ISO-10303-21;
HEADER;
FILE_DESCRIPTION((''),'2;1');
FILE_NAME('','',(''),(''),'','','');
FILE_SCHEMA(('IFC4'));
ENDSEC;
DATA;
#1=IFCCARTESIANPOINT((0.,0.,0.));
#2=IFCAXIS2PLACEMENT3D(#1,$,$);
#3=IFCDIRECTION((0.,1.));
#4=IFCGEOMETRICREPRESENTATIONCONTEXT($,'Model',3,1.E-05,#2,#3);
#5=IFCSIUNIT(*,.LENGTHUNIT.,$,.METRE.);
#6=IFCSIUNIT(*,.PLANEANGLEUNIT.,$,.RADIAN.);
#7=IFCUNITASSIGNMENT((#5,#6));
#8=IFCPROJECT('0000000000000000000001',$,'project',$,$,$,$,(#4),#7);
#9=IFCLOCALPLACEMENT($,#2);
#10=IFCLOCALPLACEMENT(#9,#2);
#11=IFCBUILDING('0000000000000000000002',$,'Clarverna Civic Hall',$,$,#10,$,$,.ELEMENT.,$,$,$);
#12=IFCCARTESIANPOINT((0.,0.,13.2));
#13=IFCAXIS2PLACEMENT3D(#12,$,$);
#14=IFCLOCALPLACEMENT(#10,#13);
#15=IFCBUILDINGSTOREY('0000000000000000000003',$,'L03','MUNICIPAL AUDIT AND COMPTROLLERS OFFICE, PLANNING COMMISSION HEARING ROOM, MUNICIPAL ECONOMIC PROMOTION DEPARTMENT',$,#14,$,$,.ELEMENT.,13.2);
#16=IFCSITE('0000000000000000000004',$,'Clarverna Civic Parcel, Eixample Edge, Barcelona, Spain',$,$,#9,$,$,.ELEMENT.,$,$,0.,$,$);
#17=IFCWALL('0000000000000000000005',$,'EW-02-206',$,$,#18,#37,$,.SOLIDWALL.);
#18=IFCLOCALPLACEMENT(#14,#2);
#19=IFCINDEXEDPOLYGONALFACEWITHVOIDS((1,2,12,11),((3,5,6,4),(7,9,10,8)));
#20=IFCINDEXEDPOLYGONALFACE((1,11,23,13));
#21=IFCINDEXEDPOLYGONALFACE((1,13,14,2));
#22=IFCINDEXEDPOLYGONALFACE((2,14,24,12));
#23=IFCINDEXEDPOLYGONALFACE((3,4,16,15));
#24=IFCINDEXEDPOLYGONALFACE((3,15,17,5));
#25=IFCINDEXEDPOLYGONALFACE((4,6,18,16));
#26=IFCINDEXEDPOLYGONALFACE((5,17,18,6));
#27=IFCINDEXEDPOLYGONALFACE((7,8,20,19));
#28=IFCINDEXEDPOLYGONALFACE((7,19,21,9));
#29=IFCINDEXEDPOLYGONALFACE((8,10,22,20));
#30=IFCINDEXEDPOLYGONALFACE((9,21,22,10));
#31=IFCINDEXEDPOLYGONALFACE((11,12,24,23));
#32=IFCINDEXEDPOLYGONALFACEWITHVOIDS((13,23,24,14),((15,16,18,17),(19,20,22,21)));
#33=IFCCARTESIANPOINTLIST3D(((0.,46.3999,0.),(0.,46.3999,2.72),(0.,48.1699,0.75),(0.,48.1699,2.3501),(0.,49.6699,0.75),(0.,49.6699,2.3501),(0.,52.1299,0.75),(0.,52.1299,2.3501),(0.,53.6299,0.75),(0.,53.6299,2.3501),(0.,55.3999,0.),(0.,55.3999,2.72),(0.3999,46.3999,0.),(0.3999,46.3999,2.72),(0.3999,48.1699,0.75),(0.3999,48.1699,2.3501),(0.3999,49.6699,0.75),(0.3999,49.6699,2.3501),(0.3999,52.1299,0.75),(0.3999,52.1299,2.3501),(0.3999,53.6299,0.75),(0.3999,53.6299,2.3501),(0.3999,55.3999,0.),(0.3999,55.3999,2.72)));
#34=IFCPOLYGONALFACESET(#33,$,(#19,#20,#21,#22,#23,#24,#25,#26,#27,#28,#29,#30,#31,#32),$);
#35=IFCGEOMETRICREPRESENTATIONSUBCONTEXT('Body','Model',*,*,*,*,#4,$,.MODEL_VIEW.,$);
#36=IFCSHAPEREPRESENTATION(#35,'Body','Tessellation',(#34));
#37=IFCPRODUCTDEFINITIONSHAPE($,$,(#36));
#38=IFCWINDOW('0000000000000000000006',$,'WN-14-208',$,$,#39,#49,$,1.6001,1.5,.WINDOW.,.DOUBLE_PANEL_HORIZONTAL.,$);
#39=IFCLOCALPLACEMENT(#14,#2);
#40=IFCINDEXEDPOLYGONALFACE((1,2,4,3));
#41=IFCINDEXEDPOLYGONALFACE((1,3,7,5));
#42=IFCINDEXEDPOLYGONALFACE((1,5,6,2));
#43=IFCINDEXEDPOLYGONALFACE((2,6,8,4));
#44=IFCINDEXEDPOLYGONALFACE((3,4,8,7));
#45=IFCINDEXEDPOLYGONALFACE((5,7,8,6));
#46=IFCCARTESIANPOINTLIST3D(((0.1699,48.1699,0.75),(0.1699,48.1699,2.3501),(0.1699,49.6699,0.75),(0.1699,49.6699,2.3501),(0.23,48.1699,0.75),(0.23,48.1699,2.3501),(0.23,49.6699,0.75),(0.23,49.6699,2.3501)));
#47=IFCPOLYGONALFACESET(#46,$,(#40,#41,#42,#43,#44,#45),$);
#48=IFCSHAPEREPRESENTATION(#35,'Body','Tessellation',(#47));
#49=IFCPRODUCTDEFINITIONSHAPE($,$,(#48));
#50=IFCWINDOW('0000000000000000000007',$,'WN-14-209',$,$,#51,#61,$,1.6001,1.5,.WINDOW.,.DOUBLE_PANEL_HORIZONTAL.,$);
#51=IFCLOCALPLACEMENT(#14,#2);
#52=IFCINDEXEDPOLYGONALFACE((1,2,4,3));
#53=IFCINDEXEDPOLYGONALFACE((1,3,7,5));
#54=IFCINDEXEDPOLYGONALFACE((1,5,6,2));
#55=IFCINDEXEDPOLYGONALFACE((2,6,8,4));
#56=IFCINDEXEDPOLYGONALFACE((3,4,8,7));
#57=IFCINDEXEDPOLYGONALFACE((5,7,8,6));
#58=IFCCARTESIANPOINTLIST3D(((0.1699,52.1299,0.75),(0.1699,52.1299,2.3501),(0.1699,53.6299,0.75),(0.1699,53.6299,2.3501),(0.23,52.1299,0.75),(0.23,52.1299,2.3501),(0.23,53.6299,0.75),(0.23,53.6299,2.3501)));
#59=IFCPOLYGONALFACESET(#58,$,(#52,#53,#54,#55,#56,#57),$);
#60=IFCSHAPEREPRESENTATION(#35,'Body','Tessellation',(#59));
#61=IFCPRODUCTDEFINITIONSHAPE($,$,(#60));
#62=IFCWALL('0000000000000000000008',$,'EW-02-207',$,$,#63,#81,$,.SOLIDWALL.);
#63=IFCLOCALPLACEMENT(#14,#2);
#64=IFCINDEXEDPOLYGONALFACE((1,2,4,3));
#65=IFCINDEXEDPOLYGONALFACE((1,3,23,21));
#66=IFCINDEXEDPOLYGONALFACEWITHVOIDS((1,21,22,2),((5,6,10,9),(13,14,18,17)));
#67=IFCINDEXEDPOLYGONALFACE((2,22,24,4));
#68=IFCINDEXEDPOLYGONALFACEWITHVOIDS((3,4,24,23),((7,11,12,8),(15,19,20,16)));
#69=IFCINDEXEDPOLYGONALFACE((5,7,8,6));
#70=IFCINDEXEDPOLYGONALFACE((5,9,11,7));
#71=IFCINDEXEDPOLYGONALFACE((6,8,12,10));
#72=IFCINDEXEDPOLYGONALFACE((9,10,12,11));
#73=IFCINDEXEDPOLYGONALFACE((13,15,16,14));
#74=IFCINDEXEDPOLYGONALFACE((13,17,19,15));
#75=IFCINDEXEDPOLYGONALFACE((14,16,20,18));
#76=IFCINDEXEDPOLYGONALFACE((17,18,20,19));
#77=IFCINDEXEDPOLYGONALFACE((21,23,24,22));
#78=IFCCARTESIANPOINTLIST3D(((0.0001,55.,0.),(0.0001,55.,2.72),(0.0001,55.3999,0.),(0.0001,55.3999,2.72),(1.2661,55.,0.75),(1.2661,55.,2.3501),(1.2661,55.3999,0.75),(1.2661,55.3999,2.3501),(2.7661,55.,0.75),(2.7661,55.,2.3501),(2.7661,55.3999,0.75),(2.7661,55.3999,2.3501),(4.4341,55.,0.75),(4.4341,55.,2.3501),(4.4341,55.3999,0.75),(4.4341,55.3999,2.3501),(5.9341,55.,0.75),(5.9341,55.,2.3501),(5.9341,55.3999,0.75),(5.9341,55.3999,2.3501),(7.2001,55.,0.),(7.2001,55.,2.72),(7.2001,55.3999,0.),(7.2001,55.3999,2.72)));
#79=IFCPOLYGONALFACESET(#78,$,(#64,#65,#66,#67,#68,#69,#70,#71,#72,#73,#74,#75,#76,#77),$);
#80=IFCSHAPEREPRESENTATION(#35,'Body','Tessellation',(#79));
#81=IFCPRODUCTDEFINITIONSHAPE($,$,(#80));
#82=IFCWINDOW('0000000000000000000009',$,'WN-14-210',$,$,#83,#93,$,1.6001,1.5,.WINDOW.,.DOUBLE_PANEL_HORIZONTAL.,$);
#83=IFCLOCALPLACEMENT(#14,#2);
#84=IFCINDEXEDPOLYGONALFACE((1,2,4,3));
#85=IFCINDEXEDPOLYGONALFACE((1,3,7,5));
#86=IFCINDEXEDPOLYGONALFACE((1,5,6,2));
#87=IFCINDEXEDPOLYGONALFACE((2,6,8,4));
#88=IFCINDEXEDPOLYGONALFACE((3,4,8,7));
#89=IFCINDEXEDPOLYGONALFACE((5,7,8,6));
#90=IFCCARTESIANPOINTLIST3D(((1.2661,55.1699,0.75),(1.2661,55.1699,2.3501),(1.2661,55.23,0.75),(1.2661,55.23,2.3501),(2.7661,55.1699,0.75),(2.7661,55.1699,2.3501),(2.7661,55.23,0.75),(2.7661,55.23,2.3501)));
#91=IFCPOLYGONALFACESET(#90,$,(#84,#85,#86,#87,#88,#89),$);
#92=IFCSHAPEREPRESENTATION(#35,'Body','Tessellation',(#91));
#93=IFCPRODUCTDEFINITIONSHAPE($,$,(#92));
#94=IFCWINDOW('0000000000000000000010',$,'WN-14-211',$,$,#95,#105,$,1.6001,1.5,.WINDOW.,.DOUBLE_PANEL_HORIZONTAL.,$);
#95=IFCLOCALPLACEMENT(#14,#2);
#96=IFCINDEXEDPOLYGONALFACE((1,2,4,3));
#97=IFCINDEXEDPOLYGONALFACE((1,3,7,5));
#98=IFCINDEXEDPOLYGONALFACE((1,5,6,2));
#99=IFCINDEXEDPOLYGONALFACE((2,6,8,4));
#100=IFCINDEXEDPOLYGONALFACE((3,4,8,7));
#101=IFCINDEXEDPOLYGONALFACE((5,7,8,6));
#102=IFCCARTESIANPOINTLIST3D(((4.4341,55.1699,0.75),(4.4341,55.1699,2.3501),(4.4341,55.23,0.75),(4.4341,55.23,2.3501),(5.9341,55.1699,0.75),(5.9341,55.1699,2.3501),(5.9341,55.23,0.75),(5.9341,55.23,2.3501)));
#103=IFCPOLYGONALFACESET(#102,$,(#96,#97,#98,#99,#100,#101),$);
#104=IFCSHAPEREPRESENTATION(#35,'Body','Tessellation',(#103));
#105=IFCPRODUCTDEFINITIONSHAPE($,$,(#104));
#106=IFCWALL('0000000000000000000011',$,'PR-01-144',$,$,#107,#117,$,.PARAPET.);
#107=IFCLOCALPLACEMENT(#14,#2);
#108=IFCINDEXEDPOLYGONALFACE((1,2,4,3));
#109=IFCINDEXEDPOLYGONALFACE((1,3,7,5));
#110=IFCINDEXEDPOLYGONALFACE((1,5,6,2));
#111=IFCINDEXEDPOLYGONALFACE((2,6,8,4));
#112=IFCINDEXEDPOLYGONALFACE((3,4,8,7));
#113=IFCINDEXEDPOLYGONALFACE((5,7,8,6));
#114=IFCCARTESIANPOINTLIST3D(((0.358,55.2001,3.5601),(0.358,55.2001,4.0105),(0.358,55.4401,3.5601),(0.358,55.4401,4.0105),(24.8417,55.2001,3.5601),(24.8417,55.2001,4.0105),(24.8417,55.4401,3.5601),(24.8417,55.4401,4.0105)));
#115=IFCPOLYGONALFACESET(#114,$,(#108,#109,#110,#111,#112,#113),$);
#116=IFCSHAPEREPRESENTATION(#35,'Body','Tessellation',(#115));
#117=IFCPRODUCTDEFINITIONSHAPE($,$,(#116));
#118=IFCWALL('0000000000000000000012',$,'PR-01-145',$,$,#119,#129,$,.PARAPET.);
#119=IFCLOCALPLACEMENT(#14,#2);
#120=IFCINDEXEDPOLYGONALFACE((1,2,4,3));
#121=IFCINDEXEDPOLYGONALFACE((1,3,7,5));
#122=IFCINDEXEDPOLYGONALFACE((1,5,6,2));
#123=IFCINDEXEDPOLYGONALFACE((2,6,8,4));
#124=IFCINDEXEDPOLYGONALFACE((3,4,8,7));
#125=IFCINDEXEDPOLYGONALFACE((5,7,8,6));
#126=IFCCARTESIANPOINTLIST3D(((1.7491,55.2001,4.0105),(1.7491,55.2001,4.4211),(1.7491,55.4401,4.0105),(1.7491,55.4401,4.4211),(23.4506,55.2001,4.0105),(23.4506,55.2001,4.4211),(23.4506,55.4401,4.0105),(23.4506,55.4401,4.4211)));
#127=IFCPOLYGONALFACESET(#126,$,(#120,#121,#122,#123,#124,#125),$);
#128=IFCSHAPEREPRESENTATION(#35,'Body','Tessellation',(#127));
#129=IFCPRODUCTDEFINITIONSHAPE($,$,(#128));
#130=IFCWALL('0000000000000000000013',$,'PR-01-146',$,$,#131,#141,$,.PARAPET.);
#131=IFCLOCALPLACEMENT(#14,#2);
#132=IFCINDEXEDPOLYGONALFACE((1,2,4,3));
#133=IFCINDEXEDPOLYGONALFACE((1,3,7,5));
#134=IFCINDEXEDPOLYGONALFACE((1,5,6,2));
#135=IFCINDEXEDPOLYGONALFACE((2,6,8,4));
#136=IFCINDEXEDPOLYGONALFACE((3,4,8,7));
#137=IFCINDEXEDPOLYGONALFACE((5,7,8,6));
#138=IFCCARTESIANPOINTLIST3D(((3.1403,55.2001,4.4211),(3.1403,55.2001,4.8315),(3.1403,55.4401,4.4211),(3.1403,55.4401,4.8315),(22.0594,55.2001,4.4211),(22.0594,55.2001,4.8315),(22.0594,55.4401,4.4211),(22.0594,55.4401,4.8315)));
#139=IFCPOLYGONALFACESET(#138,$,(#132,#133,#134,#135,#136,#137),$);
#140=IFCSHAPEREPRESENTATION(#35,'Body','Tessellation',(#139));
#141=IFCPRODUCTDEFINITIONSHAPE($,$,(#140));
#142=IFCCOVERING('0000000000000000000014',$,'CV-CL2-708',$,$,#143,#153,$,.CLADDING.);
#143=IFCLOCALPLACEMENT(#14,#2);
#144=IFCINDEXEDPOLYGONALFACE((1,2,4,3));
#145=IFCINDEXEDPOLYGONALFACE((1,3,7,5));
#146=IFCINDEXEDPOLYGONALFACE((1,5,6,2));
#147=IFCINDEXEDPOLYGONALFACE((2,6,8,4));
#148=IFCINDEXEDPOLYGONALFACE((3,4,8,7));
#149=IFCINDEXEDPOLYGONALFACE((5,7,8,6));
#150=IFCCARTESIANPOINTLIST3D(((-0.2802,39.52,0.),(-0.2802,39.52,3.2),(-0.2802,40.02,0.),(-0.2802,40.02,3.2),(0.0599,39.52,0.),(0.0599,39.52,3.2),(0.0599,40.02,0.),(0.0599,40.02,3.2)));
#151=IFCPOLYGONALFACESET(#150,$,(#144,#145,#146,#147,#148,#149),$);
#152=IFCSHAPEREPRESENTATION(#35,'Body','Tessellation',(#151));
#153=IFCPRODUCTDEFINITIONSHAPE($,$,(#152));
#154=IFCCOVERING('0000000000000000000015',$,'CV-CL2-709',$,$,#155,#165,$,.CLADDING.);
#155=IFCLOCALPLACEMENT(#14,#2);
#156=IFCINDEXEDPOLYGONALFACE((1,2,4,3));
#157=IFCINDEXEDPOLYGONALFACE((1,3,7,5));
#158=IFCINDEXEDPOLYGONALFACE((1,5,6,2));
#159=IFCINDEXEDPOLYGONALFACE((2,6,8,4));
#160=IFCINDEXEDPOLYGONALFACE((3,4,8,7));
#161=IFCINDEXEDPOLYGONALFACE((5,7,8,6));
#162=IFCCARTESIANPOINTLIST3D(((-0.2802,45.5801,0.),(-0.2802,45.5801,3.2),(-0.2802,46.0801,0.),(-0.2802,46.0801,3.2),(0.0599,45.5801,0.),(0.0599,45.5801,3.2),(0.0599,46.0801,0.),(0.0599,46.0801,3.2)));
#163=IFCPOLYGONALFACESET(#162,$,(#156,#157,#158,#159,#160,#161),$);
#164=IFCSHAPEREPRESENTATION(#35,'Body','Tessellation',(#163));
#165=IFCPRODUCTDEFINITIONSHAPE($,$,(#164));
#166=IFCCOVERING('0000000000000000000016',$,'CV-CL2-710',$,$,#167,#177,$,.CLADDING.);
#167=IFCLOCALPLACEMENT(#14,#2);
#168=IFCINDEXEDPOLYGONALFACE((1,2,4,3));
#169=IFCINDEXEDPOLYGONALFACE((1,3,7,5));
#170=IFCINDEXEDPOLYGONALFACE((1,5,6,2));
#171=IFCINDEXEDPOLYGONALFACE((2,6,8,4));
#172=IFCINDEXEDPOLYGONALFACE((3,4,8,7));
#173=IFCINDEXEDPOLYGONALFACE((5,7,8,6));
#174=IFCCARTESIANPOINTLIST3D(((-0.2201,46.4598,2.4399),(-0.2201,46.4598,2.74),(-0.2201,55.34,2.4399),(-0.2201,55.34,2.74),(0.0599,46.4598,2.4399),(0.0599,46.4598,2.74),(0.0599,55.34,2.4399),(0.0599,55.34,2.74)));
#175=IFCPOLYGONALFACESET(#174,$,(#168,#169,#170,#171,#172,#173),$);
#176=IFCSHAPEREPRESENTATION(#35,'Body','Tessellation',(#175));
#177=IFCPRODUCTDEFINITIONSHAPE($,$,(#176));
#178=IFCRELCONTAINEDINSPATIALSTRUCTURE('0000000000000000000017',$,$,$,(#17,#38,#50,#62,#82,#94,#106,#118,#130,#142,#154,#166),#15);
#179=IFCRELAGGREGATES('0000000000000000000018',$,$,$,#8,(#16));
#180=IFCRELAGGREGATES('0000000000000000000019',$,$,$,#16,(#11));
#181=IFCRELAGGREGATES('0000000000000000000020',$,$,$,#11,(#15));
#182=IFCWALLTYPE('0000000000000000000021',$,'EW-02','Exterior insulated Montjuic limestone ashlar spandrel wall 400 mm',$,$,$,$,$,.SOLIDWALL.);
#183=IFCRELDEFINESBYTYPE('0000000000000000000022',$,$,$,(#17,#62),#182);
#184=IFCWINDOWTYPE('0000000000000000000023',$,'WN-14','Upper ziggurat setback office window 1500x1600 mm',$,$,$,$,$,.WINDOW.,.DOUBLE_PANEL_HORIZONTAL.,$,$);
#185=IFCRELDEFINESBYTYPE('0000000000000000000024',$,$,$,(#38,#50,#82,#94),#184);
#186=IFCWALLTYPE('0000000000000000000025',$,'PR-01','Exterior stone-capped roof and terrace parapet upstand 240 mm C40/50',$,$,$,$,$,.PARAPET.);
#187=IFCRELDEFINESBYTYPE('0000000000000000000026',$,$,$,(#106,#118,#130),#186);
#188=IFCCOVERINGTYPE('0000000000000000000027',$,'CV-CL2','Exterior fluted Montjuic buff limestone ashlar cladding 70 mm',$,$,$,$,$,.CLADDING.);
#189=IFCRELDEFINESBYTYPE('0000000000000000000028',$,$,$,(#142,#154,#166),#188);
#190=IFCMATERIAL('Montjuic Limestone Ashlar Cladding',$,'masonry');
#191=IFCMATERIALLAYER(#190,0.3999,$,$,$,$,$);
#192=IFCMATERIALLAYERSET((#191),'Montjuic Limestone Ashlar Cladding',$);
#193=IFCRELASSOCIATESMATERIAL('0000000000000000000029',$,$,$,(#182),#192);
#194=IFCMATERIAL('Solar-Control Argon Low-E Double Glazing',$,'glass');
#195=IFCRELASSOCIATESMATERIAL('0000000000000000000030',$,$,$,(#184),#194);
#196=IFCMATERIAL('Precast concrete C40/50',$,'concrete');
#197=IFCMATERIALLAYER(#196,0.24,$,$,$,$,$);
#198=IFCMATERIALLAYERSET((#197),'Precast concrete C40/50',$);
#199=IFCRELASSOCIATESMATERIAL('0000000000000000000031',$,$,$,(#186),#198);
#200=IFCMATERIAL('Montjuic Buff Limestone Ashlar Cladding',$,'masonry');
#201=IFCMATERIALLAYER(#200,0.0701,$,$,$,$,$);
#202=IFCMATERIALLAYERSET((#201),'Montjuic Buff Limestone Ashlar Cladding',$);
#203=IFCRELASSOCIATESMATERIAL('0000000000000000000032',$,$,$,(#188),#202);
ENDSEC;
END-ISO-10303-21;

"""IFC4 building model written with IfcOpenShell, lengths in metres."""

from ifc_helpers import new_model, si_unit, direction, frame, frame_2d, origin, place, context, subcontext, project, spatial, rectangle, extrude, material, layer, layer_set, type_object, element, fill, save


model = new_model("IFC4")

# Units and contexts
model_context = context("Model", 3, precision=1e-05, world=origin(), true_north=direction((0.0, 1.0)))
body_context = subcontext(model_context, "Body", "Model", "MODEL_VIEW")
ifc_project = project(units=[si_unit("LENGTHUNIT", "METRE"), si_unit("PLANEANGLEUNIT", "RADIAN")], contexts=[model_context])

# Site, building, storey
site_placement = place(None, origin())
site = spatial("IfcSite", under=ifc_project, at=site_placement, Name="Clarverna Civic Parcel, Eixample Edge, Barcelona, Spain", CompositionType="ELEMENT", RefElevation=0.0)
building_placement = place(site_placement, origin())
building = spatial("IfcBuilding", under=site, at=building_placement, Name="Clarverna Civic Hall", CompositionType="ELEMENT")
storey_placement = place(building_placement, frame((0.0, 0.0, 13.2)))
storey = spatial("IfcBuildingStorey", under=building, at=storey_placement, Name="L03", Description="MUNICIPAL AUDIT AND COMPTROLLERS OFFICE, PLANNING COMMISSION HEARING ROOM, MUNICIPAL ECONOMIC PROMOTION DEPARTMENT", CompositionType="ELEMENT", Elevation=13.2)

# Walls, openings, windows
ifc_material_1 = material(Name="Montjuic Limestone Ashlar Cladding", Category="masonry")
ifc_layer_1 = layer(ifc_material_1, 0.3999)
ifc_layer_set_1 = layer_set([ifc_layer_1], Name="Montjuic Limestone Ashlar Cladding")
wall_type_1 = type_object("IfcWallType", Name="EW-02", Description="Exterior insulated Montjuic limestone ashlar spandrel wall 400 mm", PredefinedType="SOLIDWALL", material=ifc_layer_set_1)
wall_1_placement = place(storey_placement, frame((0.2, 46.3999, 0.0), z_axis=(0.0, 0.0, 1.0), x_axis=(0.0, 1.0, 0.0)))
wall_1 = element("IfcWall", 1, at=wall_1_placement, inside=storey, type_object=wall_type_1, Name="EW-02-206", PredefinedType="SOLIDWALL", context=body_context, shape_type="SweptSolid", body=[
    extrude(rectangle(XDim=9.0, YDim=0.3999, at=frame_2d((4.5, 0.0))), origin(), (0.0, 0.0, 1.0), 2.72),
])
opening_1_placement = place(wall_1_placement, frame((1.77, 0.0, 0.75)))
opening_1 = element("IfcOpeningElement", 2, at=opening_1_placement, cuts=wall_1, PredefinedType="OPENING", context=body_context, shape_type="SweptSolid", body=[
    extrude(rectangle(XDim=1.5, YDim=1.6001, at=frame_2d((0.75, 0.8))), frame((0.0, 0.21, 0.0), z_axis=(0.0, -1.0, 0.0), x_axis=(1.0, 0.0, 0.0)), (0.0, 0.0, 1.0), 0.4199),
])
opening_2_placement = place(wall_1_placement, frame((5.73, 0.0, 0.75)))
opening_2 = element("IfcOpeningElement", 3, at=opening_2_placement, cuts=wall_1, PredefinedType="OPENING", context=body_context, shape_type="SweptSolid", body=[
    extrude(rectangle(XDim=1.5, YDim=1.6001, at=frame_2d((0.75, 0.8))), frame((0.0, 0.21, 0.0), z_axis=(0.0, -1.0, 0.0), x_axis=(1.0, 0.0, 0.0)), (0.0, 0.0, 1.0), 0.4199),
])
ifc_material_2 = material(Name="Solar-Control Argon Low-E Double Glazing", Category="glass")
window_type = type_object("IfcWindowType", Name="WN-14", Description="Upper ziggurat setback office window 1500x1600 mm", PartitioningType="DOUBLE_PANEL_HORIZONTAL", PredefinedType="WINDOW", material=ifc_material_2)
window_1_placement = place(opening_1_placement, origin())
window_1 = element("IfcWindow", 4, at=window_1_placement, inside=storey, type_object=window_type, Name="WN-14-208", OverallHeight=1.6001, OverallWidth=1.5, PartitioningType="DOUBLE_PANEL_HORIZONTAL", PredefinedType="WINDOW", context=body_context, shape_type="SweptSolid", body=[
    extrude(rectangle(XDim=1.5, YDim=1.6001, at=frame_2d((0.75, 0.8))), frame((0.0, 0.03, 0.0), z_axis=(0.0, -1.0, 0.0), x_axis=(1.0, 0.0, 0.0)), (0.0, 0.0, 1.0), 0.0601),
])
fill(opening_1, window_1)
window_2_placement = place(opening_2_placement, origin())
window_2 = element("IfcWindow", 5, at=window_2_placement, inside=storey, type_object=window_type, Name="WN-14-209", OverallHeight=1.6001, OverallWidth=1.5, PartitioningType="DOUBLE_PANEL_HORIZONTAL", PredefinedType="WINDOW", context=body_context, shape_type="SweptSolid", body=[
    extrude(rectangle(XDim=1.5, YDim=1.6001, at=frame_2d((0.75, 0.8))), frame((0.0, 0.03, 0.0), z_axis=(0.0, -1.0, 0.0), x_axis=(1.0, 0.0, 0.0)), (0.0, 0.0, 1.0), 0.0601),
])
fill(opening_2, window_2)
wall_2_placement = place(storey_placement, frame((0.0, 55.2, 0.0), z_axis=(0.0, 0.0, 1.0), x_axis=(1.0, 0.0, 0.0)))
wall_2 = element("IfcWall", 6, at=wall_2_placement, inside=storey, type_object=wall_type_1, Name="EW-02-207", PredefinedType="SOLIDWALL", context=body_context, shape_type="SweptSolid", body=[
    extrude(rectangle(XDim=7.2, YDim=0.3999, at=frame_2d((3.6001, 0.0))), origin(), (0.0, 0.0, 1.0), 2.72),
])
opening_3_placement = place(wall_2_placement, frame((1.2661, 0.0, 0.75)))
opening_3 = element("IfcOpeningElement", 7, at=opening_3_placement, cuts=wall_2, PredefinedType="OPENING", context=body_context, shape_type="SweptSolid", body=[
    extrude(rectangle(XDim=1.5, YDim=1.6001, at=frame_2d((0.75, 0.8))), frame((0.0, 0.21, 0.0), z_axis=(0.0, -1.0, 0.0), x_axis=(1.0, 0.0, 0.0)), (0.0, 0.0, 1.0), 0.4199),
])
opening_4_placement = place(wall_2_placement, frame((4.4341, 0.0, 0.75)))
opening_4 = element("IfcOpeningElement", 8, at=opening_4_placement, cuts=wall_2, PredefinedType="OPENING", context=body_context, shape_type="SweptSolid", body=[
    extrude(rectangle(XDim=1.5, YDim=1.6001, at=frame_2d((0.75, 0.8))), frame((0.0, 0.21, 0.0), z_axis=(0.0, -1.0, 0.0), x_axis=(1.0, 0.0, 0.0)), (0.0, 0.0, 1.0), 0.4199),
])
window_3_placement = place(opening_3_placement, origin())
window_3 = element("IfcWindow", 9, at=window_3_placement, inside=storey, type_object=window_type, Name="WN-14-210", OverallHeight=1.6001, OverallWidth=1.5, PartitioningType="DOUBLE_PANEL_HORIZONTAL", PredefinedType="WINDOW", context=body_context, shape_type="SweptSolid", body=[
    extrude(rectangle(XDim=1.5, YDim=1.6001, at=frame_2d((0.75, 0.8))), frame((0.0, 0.03, 0.0), z_axis=(0.0, -1.0, 0.0), x_axis=(1.0, 0.0, 0.0)), (0.0, 0.0, 1.0), 0.0601),
])
fill(opening_3, window_3)
window_4_placement = place(opening_4_placement, origin())
window_4 = element("IfcWindow", 10, at=window_4_placement, inside=storey, type_object=window_type, Name="WN-14-211", OverallHeight=1.6001, OverallWidth=1.5, PartitioningType="DOUBLE_PANEL_HORIZONTAL", PredefinedType="WINDOW", context=body_context, shape_type="SweptSolid", body=[
    extrude(rectangle(XDim=1.5, YDim=1.6001, at=frame_2d((0.75, 0.8))), frame((0.0, 0.03, 0.0), z_axis=(0.0, -1.0, 0.0), x_axis=(1.0, 0.0, 0.0)), (0.0, 0.0, 1.0), 0.0601),
])
fill(opening_4, window_4)

# Walls
ifc_material_3 = material(Name="Precast concrete C40/50", Category="concrete")
ifc_layer_2 = layer(ifc_material_3, 0.24)
ifc_layer_set_2 = layer_set([ifc_layer_2], Name="Precast concrete C40/50")
wall_type_2 = type_object("IfcWallType", Name="PR-01", Description="Exterior stone-capped roof and terrace parapet upstand 240 mm C40/50", PredefinedType="PARAPET", material=ifc_layer_set_2)
wall_3_placement = place(storey_placement, frame((0.3582, 55.3201, 3.5601), z_axis=(0.0, 0.0, 1.0), x_axis=(1.0, 0.0, 0.0)))
element("IfcWall", 11, at=wall_3_placement, inside=storey, type_object=wall_type_2, Name="PR-01-144", PredefinedType="PARAPET", context=body_context, shape_type="SweptSolid", body=[
    extrude(rectangle(XDim=24.4836, YDim=0.24, at=frame_2d((12.2417, 0.0))), origin(), (0.0, 0.0, 1.0), 0.4504),
])
wall_4_placement = place(storey_placement, frame((1.7493, 55.3201, 4.0105), z_axis=(0.0, 0.0, 1.0), x_axis=(1.0, 0.0, 0.0)))
element("IfcWall", 12, at=wall_4_placement, inside=storey, type_object=wall_type_2, Name="PR-01-145", PredefinedType="PARAPET", context=body_context, shape_type="SweptSolid", body=[
    extrude(rectangle(XDim=21.7014, YDim=0.24, at=frame_2d((10.8506, 0.0))), origin(), (0.0, 0.0, 1.0), 0.4106),
])
wall_5_placement = place(storey_placement, frame((3.1404, 55.3201, 4.4211), z_axis=(0.0, 0.0, 1.0), x_axis=(1.0, 0.0, 0.0)))
element("IfcWall", 13, at=wall_5_placement, inside=storey, type_object=wall_type_2, Name="PR-01-146", PredefinedType="PARAPET", context=body_context, shape_type="SweptSolid", body=[
    extrude(rectangle(XDim=18.9192, YDim=0.24, at=frame_2d((9.4595, 0.0))), origin(), (0.0, 0.0, 1.0), 0.4104),
])

# Coverings
ifc_material_4 = material(Name="Montjuic Buff Limestone Ashlar Cladding", Category="masonry")
ifc_layer_3 = layer(ifc_material_4, 0.0701)
ifc_layer_set_3 = layer_set([ifc_layer_3], Name="Montjuic Buff Limestone Ashlar Cladding")
covering_type = type_object("IfcCoveringType", Name="CV-CL2", Description="Exterior fluted Montjuic buff limestone ashlar cladding 70 mm", PredefinedType="CLADDING", material=ifc_layer_set_3)
for number, where, z_axis, x_axis, name in (
    (14, (-0.1101, 39.52, 0.0), (0.0, 0.0, 1.0), (0.0, 1.0, 0.0), "CV-CL2-708"),
    (15, (-0.1101, 45.5801, 0.0), (0.0, 0.0, 1.0), (0.0, 1.0, 0.0), "CV-CL2-709"),
):
    element("IfcCovering", number, at=place(storey_placement, frame(where, z_axis=z_axis, x_axis=x_axis)), inside=storey, type_object=covering_type, Name=name, PredefinedType="CLADDING", context=body_context, shape_type="SweptSolid", body=[
        extrude(rectangle(XDim=0.5, YDim=0.3401, at=frame_2d((0.25, 0.0))), origin(), (0.0, 0.0, 1.0), 3.2),
    ])
covering_placement = place(storey_placement, frame((-0.0801, 46.46, 2.4399), z_axis=(0.0, 0.0, 1.0), x_axis=(0.0, 1.0, 0.0)))
element("IfcCovering", 16, at=covering_placement, inside=storey, type_object=covering_type, Name="CV-CL2-710", PredefinedType="CLADDING", context=body_context, shape_type="SweptSolid", body=[
    extrude(rectangle(XDim=8.8801, YDim=0.28, at=frame_2d((4.4399, 0.0))), origin(), (0.0, 0.0, 1.0), 0.3),
])

save(model, "model.ifc")
